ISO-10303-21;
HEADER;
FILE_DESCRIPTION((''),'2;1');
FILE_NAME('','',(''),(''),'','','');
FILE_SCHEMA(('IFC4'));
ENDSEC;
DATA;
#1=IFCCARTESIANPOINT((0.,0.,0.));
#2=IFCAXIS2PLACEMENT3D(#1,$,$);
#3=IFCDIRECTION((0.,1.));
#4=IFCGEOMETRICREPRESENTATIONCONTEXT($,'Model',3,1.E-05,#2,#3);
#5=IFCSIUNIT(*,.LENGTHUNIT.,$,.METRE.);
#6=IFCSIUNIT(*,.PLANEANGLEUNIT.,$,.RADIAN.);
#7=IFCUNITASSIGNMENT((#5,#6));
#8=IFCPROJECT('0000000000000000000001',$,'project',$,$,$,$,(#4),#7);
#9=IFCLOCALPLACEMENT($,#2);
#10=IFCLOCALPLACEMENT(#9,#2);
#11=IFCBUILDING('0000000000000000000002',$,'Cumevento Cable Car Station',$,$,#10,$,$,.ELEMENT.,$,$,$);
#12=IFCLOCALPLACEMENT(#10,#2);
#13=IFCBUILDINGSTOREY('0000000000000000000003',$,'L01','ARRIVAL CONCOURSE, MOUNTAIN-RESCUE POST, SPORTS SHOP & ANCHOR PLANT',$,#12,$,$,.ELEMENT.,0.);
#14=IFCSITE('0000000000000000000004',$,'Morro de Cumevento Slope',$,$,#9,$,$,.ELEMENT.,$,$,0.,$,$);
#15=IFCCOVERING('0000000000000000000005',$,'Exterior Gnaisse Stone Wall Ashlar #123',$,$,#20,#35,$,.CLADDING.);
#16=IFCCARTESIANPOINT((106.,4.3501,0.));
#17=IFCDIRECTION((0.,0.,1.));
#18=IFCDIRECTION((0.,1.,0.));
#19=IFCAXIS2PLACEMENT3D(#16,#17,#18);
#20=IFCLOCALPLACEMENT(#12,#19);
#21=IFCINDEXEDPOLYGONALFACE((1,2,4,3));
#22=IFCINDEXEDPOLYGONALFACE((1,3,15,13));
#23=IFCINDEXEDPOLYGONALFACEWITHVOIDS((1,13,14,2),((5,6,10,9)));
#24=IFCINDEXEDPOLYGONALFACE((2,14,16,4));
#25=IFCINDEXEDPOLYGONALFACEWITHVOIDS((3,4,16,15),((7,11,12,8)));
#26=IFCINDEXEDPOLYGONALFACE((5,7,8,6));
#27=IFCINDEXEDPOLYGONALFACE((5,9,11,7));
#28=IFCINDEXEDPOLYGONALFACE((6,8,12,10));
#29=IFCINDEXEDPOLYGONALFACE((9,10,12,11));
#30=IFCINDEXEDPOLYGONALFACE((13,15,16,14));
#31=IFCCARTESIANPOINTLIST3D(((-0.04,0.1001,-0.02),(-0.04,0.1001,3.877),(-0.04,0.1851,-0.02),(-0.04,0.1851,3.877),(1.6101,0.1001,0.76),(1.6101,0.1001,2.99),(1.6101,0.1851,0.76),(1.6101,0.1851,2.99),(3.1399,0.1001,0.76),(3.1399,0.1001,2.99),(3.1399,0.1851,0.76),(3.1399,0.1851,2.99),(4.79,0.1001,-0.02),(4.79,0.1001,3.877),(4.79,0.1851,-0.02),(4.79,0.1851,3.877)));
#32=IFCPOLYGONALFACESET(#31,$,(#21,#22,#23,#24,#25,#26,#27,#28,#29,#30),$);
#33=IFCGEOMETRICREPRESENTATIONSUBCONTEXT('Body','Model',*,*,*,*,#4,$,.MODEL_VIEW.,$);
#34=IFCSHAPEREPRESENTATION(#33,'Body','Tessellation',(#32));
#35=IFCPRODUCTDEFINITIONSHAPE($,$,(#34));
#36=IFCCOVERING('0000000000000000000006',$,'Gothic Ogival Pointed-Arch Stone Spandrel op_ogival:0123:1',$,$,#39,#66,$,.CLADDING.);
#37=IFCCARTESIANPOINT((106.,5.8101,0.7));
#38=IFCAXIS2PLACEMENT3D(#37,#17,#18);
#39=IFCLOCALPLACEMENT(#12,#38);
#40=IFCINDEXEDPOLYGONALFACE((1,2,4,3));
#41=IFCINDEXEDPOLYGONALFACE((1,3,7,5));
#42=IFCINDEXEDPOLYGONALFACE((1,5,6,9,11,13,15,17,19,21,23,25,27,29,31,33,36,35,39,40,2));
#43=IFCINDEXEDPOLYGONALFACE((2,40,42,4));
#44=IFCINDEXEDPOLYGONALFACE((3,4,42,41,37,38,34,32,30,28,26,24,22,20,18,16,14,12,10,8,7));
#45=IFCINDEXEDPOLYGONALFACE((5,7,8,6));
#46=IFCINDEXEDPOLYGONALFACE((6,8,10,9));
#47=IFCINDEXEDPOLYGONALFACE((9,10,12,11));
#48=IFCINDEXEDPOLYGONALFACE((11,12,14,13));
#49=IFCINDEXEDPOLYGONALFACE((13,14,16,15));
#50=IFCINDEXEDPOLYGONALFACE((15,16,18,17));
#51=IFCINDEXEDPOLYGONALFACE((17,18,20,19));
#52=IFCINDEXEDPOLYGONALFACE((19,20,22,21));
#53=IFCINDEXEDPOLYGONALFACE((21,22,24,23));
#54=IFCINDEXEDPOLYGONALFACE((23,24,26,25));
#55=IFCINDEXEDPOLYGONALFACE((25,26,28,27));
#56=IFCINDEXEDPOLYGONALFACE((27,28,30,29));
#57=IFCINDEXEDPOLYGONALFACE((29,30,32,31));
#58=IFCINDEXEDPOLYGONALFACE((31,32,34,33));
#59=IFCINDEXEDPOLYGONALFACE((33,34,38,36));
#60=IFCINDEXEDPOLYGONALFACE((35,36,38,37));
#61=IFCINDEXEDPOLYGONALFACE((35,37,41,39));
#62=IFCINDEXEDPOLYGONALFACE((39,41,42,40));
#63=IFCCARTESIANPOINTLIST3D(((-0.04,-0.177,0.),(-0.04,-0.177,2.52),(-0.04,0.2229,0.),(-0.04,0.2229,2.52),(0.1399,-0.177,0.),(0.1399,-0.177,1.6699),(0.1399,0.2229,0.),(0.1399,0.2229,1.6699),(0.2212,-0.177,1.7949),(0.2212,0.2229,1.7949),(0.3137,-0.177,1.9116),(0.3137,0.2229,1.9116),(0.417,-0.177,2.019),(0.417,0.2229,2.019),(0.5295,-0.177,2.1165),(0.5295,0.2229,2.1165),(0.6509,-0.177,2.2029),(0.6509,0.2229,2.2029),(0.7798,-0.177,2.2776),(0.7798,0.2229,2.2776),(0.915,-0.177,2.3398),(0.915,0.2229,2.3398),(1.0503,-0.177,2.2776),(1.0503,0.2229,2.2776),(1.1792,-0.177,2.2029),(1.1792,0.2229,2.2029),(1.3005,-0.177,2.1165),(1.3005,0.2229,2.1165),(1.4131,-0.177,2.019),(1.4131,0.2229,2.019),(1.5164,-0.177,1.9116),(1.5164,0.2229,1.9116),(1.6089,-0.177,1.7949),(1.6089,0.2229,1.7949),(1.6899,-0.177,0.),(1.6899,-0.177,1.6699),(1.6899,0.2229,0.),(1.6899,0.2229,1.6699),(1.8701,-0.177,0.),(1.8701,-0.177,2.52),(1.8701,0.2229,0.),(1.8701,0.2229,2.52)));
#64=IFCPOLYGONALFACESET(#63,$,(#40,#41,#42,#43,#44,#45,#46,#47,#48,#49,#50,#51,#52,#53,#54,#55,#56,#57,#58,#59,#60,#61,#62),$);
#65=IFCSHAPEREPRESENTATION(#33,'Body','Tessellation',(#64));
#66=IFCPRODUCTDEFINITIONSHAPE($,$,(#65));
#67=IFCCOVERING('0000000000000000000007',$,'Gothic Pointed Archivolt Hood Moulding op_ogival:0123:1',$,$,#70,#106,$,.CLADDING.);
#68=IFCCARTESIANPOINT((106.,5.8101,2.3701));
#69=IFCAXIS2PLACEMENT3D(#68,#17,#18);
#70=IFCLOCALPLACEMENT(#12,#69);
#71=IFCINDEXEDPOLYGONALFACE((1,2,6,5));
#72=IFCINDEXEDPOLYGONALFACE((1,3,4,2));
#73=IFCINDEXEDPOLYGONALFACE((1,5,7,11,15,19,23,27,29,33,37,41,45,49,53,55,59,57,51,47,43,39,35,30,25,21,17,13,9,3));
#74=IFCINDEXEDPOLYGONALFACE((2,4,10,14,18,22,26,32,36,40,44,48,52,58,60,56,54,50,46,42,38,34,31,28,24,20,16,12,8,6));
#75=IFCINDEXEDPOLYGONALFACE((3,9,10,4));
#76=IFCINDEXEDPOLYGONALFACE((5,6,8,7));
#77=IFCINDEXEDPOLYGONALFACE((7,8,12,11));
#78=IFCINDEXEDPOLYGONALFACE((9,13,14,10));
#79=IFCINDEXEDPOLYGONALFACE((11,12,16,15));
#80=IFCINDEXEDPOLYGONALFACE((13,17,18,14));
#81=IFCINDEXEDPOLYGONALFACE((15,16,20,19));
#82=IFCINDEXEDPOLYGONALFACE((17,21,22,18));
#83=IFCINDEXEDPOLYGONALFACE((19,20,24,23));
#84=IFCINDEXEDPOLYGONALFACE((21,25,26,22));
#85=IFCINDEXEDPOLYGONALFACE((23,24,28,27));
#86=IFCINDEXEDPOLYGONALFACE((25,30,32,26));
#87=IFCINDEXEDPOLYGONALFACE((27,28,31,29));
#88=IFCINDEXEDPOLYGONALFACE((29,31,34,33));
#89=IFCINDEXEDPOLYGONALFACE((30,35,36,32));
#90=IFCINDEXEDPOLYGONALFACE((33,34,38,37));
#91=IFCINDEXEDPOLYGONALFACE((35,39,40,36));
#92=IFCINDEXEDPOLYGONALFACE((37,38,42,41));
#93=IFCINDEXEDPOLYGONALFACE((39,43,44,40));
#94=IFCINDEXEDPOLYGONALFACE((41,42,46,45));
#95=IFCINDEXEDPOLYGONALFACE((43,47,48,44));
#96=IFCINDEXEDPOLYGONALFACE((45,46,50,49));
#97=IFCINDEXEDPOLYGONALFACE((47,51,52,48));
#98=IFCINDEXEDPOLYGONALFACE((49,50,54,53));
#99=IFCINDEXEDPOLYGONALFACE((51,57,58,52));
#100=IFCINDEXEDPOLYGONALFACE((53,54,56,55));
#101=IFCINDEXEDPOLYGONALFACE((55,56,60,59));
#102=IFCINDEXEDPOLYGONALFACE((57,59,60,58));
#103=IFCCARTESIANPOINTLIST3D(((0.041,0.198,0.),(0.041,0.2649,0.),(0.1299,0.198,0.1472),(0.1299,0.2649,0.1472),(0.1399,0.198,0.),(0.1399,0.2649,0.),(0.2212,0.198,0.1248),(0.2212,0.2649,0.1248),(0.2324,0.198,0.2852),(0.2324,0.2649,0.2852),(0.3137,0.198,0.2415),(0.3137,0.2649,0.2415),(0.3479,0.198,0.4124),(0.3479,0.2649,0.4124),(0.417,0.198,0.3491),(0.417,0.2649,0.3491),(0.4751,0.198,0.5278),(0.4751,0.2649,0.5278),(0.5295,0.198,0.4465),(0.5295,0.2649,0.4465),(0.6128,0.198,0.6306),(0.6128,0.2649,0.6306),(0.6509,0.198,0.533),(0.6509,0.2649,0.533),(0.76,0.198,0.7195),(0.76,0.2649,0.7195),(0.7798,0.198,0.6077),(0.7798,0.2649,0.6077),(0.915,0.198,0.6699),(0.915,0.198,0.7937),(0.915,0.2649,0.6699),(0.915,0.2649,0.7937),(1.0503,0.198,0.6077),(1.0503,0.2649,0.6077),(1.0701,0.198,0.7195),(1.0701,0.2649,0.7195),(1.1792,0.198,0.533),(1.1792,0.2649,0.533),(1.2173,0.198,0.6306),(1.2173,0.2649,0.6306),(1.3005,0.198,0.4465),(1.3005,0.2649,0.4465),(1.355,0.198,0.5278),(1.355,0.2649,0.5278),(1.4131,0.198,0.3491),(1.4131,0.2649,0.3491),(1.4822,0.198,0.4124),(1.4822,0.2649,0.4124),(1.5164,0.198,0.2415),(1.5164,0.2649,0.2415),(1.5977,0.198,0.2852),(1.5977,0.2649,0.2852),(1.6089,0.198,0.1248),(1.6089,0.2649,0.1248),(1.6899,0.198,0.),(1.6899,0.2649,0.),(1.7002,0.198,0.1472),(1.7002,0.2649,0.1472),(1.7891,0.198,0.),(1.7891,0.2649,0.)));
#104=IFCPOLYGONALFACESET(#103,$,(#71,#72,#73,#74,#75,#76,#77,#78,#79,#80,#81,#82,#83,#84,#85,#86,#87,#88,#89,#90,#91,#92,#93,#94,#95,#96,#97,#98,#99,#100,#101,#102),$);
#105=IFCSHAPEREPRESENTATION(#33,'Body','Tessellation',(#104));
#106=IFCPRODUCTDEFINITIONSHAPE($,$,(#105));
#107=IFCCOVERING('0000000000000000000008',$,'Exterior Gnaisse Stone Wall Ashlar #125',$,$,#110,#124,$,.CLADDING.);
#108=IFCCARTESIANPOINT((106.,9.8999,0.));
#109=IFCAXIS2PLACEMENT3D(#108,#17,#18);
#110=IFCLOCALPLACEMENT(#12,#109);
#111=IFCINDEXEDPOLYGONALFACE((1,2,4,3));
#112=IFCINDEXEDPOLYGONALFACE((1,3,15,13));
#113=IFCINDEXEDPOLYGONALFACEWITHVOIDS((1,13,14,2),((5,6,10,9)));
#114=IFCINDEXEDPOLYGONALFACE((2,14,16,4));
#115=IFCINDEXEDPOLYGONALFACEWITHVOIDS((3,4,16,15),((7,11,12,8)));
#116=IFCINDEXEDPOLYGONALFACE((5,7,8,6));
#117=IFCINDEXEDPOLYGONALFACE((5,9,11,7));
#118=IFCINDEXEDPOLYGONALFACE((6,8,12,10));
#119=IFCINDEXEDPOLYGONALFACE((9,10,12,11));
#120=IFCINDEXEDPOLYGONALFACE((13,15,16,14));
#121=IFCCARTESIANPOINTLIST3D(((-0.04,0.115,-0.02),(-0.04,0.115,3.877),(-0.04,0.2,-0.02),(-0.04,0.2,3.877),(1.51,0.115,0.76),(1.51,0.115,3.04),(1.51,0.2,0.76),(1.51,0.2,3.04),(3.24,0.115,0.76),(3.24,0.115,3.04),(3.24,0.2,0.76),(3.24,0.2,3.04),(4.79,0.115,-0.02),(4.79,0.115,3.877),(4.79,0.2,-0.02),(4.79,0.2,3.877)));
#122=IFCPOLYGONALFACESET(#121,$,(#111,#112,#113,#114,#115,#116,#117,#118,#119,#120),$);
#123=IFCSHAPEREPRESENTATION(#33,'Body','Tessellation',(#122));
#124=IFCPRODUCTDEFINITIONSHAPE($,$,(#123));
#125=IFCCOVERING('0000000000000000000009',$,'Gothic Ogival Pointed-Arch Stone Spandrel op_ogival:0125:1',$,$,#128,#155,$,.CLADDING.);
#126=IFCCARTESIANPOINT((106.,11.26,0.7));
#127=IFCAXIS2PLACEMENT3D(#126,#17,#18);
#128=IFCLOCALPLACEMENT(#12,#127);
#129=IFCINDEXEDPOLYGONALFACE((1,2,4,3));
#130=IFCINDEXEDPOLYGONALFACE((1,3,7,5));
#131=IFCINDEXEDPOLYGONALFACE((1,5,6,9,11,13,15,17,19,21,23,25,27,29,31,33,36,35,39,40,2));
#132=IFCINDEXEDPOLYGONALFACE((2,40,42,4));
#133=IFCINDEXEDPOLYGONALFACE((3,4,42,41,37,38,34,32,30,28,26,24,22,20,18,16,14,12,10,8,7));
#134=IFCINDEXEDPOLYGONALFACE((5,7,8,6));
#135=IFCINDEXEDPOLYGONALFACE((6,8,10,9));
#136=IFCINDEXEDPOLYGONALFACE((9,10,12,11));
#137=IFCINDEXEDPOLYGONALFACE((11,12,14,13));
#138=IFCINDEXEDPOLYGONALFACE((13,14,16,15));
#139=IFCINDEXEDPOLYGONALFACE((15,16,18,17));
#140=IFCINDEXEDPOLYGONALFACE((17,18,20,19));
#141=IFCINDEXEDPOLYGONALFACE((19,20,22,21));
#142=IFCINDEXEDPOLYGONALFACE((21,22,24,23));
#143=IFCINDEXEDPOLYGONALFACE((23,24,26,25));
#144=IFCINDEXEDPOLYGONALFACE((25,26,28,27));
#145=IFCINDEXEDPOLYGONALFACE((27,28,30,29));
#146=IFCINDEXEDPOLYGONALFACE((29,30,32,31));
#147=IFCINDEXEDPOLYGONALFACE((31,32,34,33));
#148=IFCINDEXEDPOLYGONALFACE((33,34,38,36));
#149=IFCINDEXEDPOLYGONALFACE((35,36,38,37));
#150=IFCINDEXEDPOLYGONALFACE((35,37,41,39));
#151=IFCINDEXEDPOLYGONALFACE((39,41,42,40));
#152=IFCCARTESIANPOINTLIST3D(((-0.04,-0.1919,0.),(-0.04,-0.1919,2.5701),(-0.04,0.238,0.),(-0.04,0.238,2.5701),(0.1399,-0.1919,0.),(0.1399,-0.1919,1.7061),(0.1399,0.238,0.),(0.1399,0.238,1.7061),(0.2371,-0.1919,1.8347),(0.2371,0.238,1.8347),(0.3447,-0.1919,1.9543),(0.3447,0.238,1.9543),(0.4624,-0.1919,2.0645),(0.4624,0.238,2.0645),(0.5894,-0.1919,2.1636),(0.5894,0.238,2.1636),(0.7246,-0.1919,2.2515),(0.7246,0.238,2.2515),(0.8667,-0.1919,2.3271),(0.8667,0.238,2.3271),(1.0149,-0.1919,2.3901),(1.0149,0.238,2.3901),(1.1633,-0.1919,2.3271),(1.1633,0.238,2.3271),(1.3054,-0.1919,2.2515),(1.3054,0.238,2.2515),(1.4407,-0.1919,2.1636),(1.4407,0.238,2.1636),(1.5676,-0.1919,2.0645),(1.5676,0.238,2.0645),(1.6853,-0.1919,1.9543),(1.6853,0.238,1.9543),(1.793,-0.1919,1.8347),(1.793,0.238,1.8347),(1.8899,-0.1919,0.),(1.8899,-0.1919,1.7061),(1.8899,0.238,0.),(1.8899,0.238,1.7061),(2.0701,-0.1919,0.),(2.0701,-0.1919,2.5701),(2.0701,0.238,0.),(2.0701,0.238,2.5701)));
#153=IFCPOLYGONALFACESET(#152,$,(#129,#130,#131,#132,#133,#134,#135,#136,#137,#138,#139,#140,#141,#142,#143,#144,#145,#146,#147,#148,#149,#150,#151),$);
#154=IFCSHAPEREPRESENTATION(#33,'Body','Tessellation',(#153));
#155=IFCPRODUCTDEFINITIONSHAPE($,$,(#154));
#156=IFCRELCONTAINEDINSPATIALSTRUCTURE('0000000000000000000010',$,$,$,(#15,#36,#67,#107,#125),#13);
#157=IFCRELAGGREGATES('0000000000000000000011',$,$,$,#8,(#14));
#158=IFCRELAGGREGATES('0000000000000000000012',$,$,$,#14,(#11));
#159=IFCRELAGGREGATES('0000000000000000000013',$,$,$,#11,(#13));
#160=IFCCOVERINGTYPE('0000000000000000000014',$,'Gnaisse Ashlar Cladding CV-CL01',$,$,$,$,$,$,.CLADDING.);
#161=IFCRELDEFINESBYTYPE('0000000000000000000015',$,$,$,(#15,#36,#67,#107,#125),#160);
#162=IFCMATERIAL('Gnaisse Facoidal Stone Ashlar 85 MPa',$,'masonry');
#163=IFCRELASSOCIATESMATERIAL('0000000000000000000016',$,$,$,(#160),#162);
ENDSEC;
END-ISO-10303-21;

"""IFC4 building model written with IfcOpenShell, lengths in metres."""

from ifc_helpers import new_model, si_unit, direction, frame, origin, place, context, subcontext, project, spatial, polyline, outline, extrude, material, type_object, element, save


model = new_model("IFC4")

# Units and contexts
model_context = context("Model", 3, precision=1e-05, world=origin(), true_north=direction((0.0, 1.0)))
body_context = subcontext(model_context, "Body", "Model", "MODEL_VIEW")
ifc_project = project(units=[si_unit("LENGTHUNIT", "METRE"), si_unit("PLANEANGLEUNIT", "RADIAN")], contexts=[model_context])

# Site, building, storey
site_placement = place(None, origin())
site = spatial("IfcSite", under=ifc_project, at=site_placement, Name="Morro de Cumevento Slope", CompositionType="ELEMENT", RefElevation=0.0)
building_placement = place(site_placement, origin())
building = spatial("IfcBuilding", under=site, at=building_placement, Name="Cumevento Cable Car Station", CompositionType="ELEMENT")
storey_placement = place(building_placement, origin())
storey = spatial("IfcBuildingStorey", under=building, at=storey_placement, Name="L01", Description="ARRIVAL CONCOURSE, MOUNTAIN-RESCUE POST, SPORTS SHOP & ANCHOR PLANT", CompositionType="ELEMENT", Elevation=0.0)

# Coverings
ifc_material_1 = material(Name="Gnaisse Facoidal Stone Ashlar 85 MPa", Category="masonry")
covering_type = type_object("IfcCoveringType", Name="Gnaisse Ashlar Cladding CV-CL01", PredefinedType="CLADDING", material=ifc_material_1)
covering_1_placement = place(storey_placement, frame((106.0, 4.3501, 0.0), z_axis=(0.0, 0.0, 1.0), x_axis=(0.0, 1.0, 0.0)))
element("IfcCovering", 1, at=covering_1_placement, inside=storey, type_object=covering_type, Name="Exterior Gnaisse Stone Wall Ashlar #123", PredefinedType="CLADDING", context=body_context, shape_type="SweptSolid", body=[
    extrude(outline(polyline([(-0.04, -0.02), (4.79, -0.02), (4.79, 3.877), (-0.04, 3.877), (-0.04, -0.02)]), holes=[polyline([(1.6101, 0.76), (3.1399, 0.76), (3.1399, 2.99), (1.6101, 2.99), (1.6101, 0.76)])]), frame((0.0, 0.1851, 0.0), z_axis=(0.0, -1.0, 0.0), x_axis=(1.0, 0.0, 0.0)), (0.0, 0.0, 1.0), 0.085),
])
covering_2_placement = place(storey_placement, frame((106.0, 5.8101, 0.7), z_axis=(0.0, 0.0, 1.0), x_axis=(0.0, 1.0, 0.0)))
element("IfcCovering", 2, at=covering_2_placement, inside=storey, type_object=covering_type, Name="Gothic Ogival Pointed-Arch Stone Spandrel op_ogival:0123:1", PredefinedType="CLADDING", context=body_context, shape_type="SweptSolid", body=[
    extrude(outline(polyline([(-0.04, 0.0), (-0.04, 2.52), (1.8701, 2.52), (1.8701, 0.0), (1.6899, 0.0), (1.6899, 1.6699), (1.6089, 1.7949), (1.5164, 1.9116), (1.4131, 2.019), (1.3005, 2.1165), (1.1792, 2.2029), (1.0503, 2.2776), (0.915, 2.3398), (0.7798, 2.2776), (0.6509, 2.2029), (0.5295, 2.1165), (0.417, 2.019), (0.3137, 1.9116), (0.2212, 1.7949), (0.1399, 1.6699), (0.1399, 0.0), (-0.04, 0.0)])), frame((0.0, 0.2229, 0.0), z_axis=(0.0, -1.0, 0.0), x_axis=(1.0, 0.0, 0.0)), (0.0, 0.0, 1.0), 0.3999),
])
covering_3_placement = place(storey_placement, frame((106.0, 5.8101, 2.3701), z_axis=(0.0, 0.0, 1.0), x_axis=(0.0, 1.0, 0.0)))
element("IfcCovering", 3, at=covering_3_placement, inside=storey, type_object=covering_type, Name="Gothic Pointed Archivolt Hood Moulding op_ogival:0123:1", PredefinedType="CLADDING", context=body_context, shape_type="SweptSolid", body=[
    extrude(outline(polyline([(0.1399, 0.0), (0.2212, 0.1248), (0.3137, 0.2415), (0.417, 0.3491), (0.5295, 0.4465), (0.6509, 0.533), (0.7798, 0.6077), (0.915, 0.6699), (1.0503, 0.6077), (1.1792, 0.533), (1.3005, 0.4465), (1.4131, 0.3491), (1.5164, 0.2415), (1.6089, 0.1248), (1.6899, 0.0), (1.7891, 0.0), (1.7002, 0.1472), (1.5977, 0.2852), (1.4822, 0.4124), (1.355, 0.5278), (1.2173, 0.6306), (1.0701, 0.7195), (0.915, 0.7937), (0.76, 0.7195), (0.6128, 0.6306), (0.4751, 0.5278), (0.3479, 0.4124), (0.2324, 0.2852), (0.1299, 0.1472), (0.041, 0.0), (0.1399, 0.0)])), frame((0.0, 0.2649, 0.0), z_axis=(0.0, -1.0, 0.0), x_axis=(1.0, 0.0, 0.0)), (0.0, 0.0, 1.0), 0.0669),
])
covering_4_placement = place(storey_placement, frame((106.0, 9.8999, 0.0), z_axis=(0.0, 0.0, 1.0), x_axis=(0.0, 1.0, 0.0)))
element("IfcCovering", 4, at=covering_4_placement, inside=storey, type_object=covering_type, Name="Exterior Gnaisse Stone Wall Ashlar #125", PredefinedType="CLADDING", context=body_context, shape_type="SweptSolid", body=[
    extrude(outline(polyline([(-0.04, -0.02), (4.79, -0.02), (4.79, 3.877), (-0.04, 3.877), (-0.04, -0.02)]), holes=[polyline([(1.51, 0.76), (3.24, 0.76), (3.24, 3.04), (1.51, 3.04), (1.51, 0.76)])]), frame((0.0, 0.2, 0.0), z_axis=(0.0, -1.0, 0.0), x_axis=(1.0, 0.0, 0.0)), (0.0, 0.0, 1.0), 0.085),
])
covering_5_placement = place(storey_placement, frame((106.0, 11.26, 0.7), z_axis=(0.0, 0.0, 1.0), x_axis=(0.0, 1.0, 0.0)))
element("IfcCovering", 5, at=covering_5_placement, inside=storey, type_object=covering_type, Name="Gothic Ogival Pointed-Arch Stone Spandrel op_ogival:0125:1", PredefinedType="CLADDING", context=body_context, shape_type="SweptSolid", body=[
    extrude(outline(polyline([(-0.04, 0.0), (-0.04, 2.5701), (2.0701, 2.5701), (2.0701, 0.0), (1.8899, 0.0), (1.8899, 1.7061), (1.793, 1.8347), (1.6853, 1.9543), (1.5676, 2.0645), (1.4407, 2.1636), (1.3054, 2.2515), (1.1633, 2.3271), (1.0149, 2.3901), (0.8667, 2.3271), (0.7246, 2.2515), (0.5894, 2.1636), (0.4624, 2.0645), (0.3447, 1.9543), (0.2371, 1.8347), (0.1399, 1.7061), (0.1399, 0.0), (-0.04, 0.0)])), frame((0.0, 0.238, 0.0), z_axis=(0.0, -1.0, 0.0), x_axis=(1.0, 0.0, 0.0)), (0.0, 0.0, 1.0), 0.4299),
])

save(model, "model.ifc")
